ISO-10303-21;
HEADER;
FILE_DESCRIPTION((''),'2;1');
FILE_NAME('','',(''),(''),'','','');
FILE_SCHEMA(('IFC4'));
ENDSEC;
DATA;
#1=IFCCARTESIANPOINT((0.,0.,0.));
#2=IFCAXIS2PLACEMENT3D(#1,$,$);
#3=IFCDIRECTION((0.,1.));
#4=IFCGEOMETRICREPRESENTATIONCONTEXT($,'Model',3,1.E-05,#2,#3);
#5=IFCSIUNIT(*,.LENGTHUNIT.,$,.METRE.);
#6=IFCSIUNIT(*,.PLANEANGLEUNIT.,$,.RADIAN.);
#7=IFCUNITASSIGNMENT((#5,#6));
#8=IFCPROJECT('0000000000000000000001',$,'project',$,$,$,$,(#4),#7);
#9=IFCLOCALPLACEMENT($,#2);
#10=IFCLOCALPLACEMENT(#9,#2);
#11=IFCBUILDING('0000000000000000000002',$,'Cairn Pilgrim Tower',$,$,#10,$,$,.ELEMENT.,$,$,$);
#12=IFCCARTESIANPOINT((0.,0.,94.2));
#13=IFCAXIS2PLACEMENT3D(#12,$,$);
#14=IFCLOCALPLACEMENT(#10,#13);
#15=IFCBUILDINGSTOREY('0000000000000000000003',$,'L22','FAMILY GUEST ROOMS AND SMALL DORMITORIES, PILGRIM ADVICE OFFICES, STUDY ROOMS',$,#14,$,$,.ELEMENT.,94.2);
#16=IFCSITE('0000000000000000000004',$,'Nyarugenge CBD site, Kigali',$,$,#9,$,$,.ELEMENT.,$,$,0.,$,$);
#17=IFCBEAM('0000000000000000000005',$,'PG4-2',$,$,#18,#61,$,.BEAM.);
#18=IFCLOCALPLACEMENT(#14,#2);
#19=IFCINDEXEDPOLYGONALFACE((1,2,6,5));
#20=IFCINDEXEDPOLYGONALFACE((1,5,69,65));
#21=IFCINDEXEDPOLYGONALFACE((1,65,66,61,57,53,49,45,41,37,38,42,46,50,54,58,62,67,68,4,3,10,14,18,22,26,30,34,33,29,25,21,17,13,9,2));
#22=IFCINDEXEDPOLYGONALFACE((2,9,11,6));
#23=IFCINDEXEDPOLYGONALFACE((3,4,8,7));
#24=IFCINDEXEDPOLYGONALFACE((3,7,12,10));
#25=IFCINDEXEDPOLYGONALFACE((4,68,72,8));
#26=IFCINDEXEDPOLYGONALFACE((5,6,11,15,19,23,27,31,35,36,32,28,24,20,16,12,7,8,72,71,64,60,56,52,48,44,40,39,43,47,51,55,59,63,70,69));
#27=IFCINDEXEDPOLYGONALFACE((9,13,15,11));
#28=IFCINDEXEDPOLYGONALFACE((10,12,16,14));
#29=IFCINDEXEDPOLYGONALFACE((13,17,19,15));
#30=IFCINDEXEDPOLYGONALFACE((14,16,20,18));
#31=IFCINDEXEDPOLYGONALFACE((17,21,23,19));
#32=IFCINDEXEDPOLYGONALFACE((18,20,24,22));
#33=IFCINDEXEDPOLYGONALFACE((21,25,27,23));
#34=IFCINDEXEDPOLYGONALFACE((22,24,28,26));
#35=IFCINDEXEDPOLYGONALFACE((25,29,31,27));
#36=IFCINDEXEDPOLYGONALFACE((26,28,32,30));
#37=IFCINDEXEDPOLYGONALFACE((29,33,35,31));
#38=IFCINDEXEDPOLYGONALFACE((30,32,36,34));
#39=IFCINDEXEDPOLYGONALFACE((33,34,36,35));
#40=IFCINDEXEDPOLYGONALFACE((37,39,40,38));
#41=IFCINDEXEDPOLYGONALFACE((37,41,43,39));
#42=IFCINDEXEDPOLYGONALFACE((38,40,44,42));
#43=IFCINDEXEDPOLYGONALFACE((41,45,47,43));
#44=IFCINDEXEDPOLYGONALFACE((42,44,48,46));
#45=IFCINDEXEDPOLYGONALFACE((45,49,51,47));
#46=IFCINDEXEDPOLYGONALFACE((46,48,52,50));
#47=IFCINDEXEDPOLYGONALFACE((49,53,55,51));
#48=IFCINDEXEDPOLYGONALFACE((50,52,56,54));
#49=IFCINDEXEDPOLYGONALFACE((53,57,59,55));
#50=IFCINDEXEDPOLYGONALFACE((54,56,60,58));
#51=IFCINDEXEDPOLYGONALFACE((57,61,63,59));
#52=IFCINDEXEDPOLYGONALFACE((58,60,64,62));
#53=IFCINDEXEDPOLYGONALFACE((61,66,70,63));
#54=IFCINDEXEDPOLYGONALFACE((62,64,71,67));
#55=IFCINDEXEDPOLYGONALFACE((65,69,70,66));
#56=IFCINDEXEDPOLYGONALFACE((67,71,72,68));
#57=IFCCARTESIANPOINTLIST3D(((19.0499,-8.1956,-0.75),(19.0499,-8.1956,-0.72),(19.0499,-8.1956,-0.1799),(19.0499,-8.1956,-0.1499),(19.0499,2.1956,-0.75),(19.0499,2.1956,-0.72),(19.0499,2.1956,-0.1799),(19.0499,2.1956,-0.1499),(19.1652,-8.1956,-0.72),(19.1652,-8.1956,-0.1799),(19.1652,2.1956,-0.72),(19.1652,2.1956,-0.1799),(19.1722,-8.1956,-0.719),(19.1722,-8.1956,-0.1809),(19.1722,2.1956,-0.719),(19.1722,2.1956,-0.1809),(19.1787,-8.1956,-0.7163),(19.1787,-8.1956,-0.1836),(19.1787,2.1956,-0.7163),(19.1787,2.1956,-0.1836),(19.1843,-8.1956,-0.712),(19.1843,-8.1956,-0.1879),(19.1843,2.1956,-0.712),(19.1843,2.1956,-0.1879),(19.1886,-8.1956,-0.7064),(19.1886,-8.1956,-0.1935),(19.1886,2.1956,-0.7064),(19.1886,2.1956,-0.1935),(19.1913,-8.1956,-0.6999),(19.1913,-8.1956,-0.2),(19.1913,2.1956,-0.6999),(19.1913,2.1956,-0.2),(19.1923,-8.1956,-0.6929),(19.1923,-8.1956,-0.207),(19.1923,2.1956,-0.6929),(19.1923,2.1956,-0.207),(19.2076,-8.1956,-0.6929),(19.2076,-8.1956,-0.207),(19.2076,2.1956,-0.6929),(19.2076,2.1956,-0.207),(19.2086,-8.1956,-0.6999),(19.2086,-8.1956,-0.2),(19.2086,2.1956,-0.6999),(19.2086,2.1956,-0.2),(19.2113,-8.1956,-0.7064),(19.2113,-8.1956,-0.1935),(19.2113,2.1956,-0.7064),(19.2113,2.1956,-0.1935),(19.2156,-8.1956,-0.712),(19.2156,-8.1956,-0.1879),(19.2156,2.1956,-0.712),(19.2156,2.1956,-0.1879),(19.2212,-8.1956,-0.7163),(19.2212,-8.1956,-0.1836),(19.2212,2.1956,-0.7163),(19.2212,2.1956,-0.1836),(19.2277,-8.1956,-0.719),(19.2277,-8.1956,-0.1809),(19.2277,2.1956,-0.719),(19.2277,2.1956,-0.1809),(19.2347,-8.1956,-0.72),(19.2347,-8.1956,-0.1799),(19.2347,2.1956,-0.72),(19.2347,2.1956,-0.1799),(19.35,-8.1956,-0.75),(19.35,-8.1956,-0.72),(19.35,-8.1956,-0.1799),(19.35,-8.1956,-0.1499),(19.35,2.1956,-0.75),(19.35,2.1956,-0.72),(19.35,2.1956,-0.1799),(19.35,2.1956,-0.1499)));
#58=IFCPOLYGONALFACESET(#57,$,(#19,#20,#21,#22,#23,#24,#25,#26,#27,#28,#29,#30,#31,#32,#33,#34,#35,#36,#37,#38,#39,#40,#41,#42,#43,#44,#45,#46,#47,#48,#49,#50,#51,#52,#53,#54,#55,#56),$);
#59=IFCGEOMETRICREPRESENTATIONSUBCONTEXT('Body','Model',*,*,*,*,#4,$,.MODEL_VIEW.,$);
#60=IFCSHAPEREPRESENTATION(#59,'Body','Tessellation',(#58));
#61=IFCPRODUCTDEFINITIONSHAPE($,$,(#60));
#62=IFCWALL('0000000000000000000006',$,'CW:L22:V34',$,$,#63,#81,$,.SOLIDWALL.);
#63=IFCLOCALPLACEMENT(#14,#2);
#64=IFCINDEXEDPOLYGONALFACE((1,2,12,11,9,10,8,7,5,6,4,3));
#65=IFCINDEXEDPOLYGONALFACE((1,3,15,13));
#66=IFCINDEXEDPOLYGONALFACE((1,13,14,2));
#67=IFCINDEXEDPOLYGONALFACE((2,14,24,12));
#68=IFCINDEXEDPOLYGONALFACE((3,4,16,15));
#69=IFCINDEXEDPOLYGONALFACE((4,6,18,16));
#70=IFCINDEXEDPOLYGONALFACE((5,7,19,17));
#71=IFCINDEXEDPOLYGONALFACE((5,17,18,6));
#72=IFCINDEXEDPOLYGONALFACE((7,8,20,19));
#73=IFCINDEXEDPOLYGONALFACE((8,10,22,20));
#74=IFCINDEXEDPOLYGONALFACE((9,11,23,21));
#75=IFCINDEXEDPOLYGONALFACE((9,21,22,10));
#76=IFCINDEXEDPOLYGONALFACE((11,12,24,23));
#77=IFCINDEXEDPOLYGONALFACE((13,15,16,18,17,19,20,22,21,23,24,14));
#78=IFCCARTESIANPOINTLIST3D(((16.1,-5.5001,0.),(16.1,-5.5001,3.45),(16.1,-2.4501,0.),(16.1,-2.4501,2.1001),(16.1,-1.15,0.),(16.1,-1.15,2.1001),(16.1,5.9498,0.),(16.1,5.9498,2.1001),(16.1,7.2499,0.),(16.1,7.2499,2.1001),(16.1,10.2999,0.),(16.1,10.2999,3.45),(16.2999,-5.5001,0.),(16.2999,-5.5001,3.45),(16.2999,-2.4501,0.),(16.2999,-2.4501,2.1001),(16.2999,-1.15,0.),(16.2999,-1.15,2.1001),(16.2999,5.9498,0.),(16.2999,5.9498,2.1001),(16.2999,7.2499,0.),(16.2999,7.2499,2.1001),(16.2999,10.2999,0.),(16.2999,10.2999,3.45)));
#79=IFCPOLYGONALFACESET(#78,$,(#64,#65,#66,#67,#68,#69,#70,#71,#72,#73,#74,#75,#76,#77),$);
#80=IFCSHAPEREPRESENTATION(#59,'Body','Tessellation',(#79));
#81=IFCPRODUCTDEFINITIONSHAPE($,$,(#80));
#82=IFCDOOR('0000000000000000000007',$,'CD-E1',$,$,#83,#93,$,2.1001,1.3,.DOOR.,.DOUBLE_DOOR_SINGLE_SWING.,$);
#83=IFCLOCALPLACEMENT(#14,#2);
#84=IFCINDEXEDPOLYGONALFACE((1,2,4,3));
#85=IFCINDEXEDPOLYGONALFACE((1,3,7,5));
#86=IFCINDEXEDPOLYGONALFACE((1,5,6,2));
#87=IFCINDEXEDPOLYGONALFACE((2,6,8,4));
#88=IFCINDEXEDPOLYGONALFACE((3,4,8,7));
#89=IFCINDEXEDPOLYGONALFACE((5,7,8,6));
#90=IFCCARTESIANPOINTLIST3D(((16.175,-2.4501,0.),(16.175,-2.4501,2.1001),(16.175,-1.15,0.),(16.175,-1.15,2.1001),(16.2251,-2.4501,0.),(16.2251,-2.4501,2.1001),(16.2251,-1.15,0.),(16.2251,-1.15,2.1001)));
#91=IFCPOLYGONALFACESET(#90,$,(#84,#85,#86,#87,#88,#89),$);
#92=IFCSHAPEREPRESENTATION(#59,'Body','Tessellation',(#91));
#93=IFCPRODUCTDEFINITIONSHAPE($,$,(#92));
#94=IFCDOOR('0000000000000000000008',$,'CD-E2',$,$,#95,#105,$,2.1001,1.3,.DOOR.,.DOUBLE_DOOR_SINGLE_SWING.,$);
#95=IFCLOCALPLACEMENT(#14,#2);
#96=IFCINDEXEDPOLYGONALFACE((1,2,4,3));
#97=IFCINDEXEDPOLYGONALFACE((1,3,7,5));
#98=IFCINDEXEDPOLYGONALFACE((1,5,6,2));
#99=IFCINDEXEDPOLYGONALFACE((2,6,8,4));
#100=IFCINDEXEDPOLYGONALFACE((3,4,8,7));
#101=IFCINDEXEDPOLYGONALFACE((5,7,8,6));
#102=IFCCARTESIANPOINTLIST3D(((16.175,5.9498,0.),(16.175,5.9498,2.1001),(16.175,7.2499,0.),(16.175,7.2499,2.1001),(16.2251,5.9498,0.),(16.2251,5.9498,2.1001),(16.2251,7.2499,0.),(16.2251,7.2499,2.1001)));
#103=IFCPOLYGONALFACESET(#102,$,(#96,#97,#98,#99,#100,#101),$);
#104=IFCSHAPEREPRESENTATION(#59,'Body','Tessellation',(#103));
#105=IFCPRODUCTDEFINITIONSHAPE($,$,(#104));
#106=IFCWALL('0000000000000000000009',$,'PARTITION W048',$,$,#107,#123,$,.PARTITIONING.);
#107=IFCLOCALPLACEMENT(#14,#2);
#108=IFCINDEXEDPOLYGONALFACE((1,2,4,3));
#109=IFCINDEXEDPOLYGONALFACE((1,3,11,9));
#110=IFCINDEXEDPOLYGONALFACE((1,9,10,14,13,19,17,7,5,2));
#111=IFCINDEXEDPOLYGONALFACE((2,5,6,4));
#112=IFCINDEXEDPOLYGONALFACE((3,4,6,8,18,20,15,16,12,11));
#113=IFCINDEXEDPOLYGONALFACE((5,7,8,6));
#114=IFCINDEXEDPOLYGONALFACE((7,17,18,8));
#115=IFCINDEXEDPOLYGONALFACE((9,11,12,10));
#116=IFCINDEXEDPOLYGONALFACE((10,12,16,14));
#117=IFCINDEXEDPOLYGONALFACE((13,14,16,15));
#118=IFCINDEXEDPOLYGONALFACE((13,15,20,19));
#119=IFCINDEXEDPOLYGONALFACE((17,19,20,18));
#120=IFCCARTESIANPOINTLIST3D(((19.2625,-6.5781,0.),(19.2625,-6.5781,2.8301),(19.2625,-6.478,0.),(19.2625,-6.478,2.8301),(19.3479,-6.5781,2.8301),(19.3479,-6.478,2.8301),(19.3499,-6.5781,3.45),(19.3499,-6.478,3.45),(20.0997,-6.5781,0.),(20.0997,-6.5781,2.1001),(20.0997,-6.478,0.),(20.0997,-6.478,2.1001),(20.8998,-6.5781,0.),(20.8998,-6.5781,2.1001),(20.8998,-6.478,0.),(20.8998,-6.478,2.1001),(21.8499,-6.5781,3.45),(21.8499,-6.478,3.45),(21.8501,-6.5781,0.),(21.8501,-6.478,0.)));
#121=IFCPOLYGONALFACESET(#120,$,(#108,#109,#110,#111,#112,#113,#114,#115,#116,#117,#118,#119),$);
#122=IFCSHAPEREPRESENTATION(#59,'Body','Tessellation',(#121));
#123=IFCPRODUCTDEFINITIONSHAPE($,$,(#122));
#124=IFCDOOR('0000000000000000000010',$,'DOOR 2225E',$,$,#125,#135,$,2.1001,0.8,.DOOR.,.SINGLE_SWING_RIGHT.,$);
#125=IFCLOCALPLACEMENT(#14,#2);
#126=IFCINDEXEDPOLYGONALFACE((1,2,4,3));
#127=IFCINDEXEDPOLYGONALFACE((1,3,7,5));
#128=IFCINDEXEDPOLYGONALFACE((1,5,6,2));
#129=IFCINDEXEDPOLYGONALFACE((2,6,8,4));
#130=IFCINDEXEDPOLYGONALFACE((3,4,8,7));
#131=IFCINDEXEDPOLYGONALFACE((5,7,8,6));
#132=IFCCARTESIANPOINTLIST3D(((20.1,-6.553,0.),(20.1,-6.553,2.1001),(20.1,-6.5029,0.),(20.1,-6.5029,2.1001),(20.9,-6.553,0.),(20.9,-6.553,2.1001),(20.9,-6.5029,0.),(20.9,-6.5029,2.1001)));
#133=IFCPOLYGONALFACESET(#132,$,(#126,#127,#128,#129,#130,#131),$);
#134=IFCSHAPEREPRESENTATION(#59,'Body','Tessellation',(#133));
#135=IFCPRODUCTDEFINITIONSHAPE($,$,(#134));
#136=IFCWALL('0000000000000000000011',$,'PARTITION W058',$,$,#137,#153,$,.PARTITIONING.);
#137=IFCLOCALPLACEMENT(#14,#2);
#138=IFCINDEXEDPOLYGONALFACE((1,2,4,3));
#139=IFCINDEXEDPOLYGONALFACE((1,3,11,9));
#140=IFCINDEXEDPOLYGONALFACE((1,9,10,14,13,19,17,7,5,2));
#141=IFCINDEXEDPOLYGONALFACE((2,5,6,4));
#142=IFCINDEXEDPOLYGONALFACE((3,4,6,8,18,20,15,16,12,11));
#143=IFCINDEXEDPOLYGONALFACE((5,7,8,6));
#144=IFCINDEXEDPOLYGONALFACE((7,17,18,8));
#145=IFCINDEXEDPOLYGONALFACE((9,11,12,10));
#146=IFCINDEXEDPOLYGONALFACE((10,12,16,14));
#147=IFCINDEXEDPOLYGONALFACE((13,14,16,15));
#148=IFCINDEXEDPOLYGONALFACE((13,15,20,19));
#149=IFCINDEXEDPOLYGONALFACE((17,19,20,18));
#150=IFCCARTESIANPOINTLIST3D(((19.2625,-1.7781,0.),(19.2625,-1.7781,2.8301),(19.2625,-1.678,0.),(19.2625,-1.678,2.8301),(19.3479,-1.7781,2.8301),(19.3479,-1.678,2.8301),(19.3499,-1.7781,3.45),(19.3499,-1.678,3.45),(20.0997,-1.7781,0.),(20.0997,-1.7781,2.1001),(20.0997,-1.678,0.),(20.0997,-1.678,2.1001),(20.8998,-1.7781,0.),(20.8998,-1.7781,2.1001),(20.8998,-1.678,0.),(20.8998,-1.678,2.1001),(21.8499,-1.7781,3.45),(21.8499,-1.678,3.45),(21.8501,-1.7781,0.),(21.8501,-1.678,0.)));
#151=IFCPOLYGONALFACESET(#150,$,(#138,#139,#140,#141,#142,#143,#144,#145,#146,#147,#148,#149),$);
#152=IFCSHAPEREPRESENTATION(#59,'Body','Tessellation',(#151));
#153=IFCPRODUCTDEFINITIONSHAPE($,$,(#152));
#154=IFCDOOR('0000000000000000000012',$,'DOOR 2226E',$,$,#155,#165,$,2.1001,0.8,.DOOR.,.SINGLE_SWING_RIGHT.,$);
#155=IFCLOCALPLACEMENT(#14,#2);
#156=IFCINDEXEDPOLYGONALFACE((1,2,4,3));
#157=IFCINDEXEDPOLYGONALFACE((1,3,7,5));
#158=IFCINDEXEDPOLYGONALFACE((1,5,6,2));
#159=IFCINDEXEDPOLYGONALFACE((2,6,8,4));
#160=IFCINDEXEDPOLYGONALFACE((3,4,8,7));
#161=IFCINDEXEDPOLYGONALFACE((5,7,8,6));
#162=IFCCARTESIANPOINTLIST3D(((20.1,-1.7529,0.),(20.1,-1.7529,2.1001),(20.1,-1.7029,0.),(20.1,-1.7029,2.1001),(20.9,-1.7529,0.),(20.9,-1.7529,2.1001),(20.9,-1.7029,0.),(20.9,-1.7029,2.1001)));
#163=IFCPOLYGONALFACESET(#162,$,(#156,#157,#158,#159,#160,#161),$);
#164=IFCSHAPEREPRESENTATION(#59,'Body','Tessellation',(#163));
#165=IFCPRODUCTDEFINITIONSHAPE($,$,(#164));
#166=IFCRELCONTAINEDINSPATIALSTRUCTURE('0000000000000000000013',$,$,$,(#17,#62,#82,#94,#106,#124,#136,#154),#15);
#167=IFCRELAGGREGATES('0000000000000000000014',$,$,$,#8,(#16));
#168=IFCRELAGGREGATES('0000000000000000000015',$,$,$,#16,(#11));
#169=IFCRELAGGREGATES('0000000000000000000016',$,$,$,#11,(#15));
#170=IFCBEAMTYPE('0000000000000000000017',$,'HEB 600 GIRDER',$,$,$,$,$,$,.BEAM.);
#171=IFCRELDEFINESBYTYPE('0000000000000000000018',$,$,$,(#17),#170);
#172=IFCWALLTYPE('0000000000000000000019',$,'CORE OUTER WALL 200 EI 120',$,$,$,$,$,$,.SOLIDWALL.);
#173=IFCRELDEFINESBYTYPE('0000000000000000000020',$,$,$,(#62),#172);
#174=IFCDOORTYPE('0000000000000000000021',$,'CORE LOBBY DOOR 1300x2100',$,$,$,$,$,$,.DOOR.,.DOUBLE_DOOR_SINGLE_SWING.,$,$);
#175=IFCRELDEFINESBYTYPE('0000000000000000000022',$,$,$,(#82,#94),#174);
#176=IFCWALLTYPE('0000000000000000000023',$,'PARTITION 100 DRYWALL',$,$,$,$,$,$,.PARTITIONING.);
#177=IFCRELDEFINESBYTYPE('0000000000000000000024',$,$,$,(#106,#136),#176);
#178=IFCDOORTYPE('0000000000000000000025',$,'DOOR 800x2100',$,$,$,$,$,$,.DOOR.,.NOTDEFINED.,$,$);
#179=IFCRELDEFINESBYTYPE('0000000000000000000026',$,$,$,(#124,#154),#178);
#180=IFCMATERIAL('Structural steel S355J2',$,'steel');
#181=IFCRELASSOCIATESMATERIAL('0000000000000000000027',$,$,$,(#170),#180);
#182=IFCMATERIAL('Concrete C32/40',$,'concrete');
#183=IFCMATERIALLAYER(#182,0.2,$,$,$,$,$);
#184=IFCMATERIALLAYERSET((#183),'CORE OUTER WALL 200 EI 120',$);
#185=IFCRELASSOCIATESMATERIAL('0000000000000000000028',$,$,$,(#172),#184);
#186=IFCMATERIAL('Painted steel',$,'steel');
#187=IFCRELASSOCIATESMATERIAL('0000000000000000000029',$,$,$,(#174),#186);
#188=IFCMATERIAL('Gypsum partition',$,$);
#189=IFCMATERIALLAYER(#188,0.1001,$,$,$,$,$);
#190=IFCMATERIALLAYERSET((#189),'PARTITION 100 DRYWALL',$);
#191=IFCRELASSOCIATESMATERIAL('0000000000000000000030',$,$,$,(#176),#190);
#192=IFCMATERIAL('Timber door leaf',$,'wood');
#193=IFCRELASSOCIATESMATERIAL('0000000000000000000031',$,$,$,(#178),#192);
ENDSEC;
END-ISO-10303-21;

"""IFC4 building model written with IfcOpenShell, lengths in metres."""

from ifc_helpers import new_model, si_unit, direction, frame, frame_2d, origin, origin_2d, place, context, subcontext, project, spatial, polyline, rectangle, i_section, outline, extrude, material, layer, layer_set, material_profile, profile_set, type_object, element, fill, save


model = new_model("IFC4")

# Units and contexts
model_context = context("Model", 3, precision=1e-05, world=origin(), true_north=direction((0.0, 1.0)))
body_context = subcontext(model_context, "Body", "Model", "MODEL_VIEW")
ifc_project = project(units=[si_unit("LENGTHUNIT", "METRE"), si_unit("PLANEANGLEUNIT", "RADIAN")], contexts=[model_context])

# Site, building, storey
site_placement = place(None, origin())
site = spatial("IfcSite", under=ifc_project, at=site_placement, Name="Nyarugenge CBD site, Kigali", CompositionType="ELEMENT", RefElevation=0.0)
building_placement = place(site_placement, origin())
building = spatial("IfcBuilding", under=site, at=building_placement, Name="Cairn Pilgrim Tower", CompositionType="ELEMENT")
storey_placement = place(building_placement, frame((0.0, 0.0, 94.2)))
storey = spatial("IfcBuildingStorey", under=building, at=storey_placement, Name="L22", Description="FAMILY GUEST ROOMS AND SMALL DORMITORIES, PILGRIM ADVICE OFFICES, STUDY ROOMS", CompositionType="ELEMENT", Elevation=94.2)

# Beam
ifc_material_1 = material(Name="Structural steel S355J2", Category="steel")
ifc_material_profile_1 = material_profile(ifc_material_1, i_section(OverallWidth=0.3, OverallDepth=0.6001, WebThickness=0.0154, FlangeThickness=0.03, FilletRadius=0.0271, at=origin_2d()), Name="HEB 600")
ifc_profile_set_1 = profile_set([ifc_material_profile_1], Name="Structural steel S355J2")
beam_type_1 = type_object("IfcBeamType", Name="HEB 600 GIRDER", PredefinedType="BEAM", material=ifc_profile_set_1)
beam_1_placement = place(storey_placement, frame((19.2, -8.1956, -0.45), z_axis=(0.0, 1.0, 0.0), x_axis=(-1.0, 0.0, 0.0)))
element("IfcBeam", 1, at=beam_1_placement, inside=storey, type_object=beam_type_1, Name="PG4-2", PredefinedType="BEAM", context=body_context, shape_type="SweptSolid", body=[
    extrude(i_section(OverallWidth=0.3, OverallDepth=0.6001, WebThickness=0.0154, FlangeThickness=0.03, FilletRadius=0.0271, at=origin_2d()), origin(), (0.0, 0.0, 1.0), 10.3911),
])

# Wall, openings, doors
ifc_material_2 = material(Name="Concrete C32/40", Category="concrete")
ifc_layer_1 = layer(ifc_material_2, 0.2)
ifc_layer_set_1 = layer_set([ifc_layer_1], Name="CORE OUTER WALL 200 EI 120")
wall_type_1 = type_object("IfcWallType", Name="CORE OUTER WALL 200 EI 120", PredefinedType="SOLIDWALL", material=ifc_layer_set_1)
wall_1_placement = place(storey_placement, frame((16.2, -5.5, 0.0), z_axis=(0.0, 0.0, 1.0), x_axis=(0.0, 1.0, 0.0)))
wall_1 = element("IfcWall", 2, at=wall_1_placement, inside=storey, type_object=wall_type_1, Name="CW:L22:V34", PredefinedType="SOLIDWALL", context=body_context, shape_type="SweptSolid", body=[
    extrude(rectangle(XDim=15.8, YDim=0.2, at=frame_2d((7.8999, 0.0))), origin(), (0.0, 0.0, 1.0), 3.45),
])
opening_1_placement = place(wall_1_placement, frame((3.05, 0.0, 0.0)))
opening_1 = element("IfcOpeningElement", 3, at=opening_1_placement, cuts=wall_1, PredefinedType="OPENING", context=body_context, shape_type="SweptSolid", body=[
    extrude(rectangle(XDim=1.3, YDim=2.1001, at=frame_2d((0.6499, 1.05))), frame((0.0, 0.1099, 0.0), z_axis=(0.0, -1.0, 0.0), x_axis=(1.0, 0.0, 0.0)), (0.0, 0.0, 1.0), 0.22),
])
opening_2_placement = place(wall_1_placement, frame((11.45, 0.0, 0.0)))
opening_2 = element("IfcOpeningElement", 4, at=opening_2_placement, cuts=wall_1, PredefinedType="OPENING", context=body_context, shape_type="SweptSolid", body=[
    extrude(rectangle(XDim=1.3, YDim=2.1001, at=frame_2d((0.6499, 1.05))), frame((0.0, 0.1099, 0.0), z_axis=(0.0, -1.0, 0.0), x_axis=(1.0, 0.0, 0.0)), (0.0, 0.0, 1.0), 0.22),
])
ifc_material_3 = material(Name="Painted steel", Category="steel")
door_type_1 = type_object("IfcDoorType", Name="CORE LOBBY DOOR 1300x2100", OperationType="DOUBLE_DOOR_SINGLE_SWING", PredefinedType="DOOR", material=ifc_material_3)
door_1_placement = place(opening_1_placement, origin())
door_1 = element("IfcDoor", 5, at=door_1_placement, inside=storey, type_object=door_type_1, Name="CD-E1", OperationType="DOUBLE_DOOR_SINGLE_SWING", OverallHeight=2.1001, OverallWidth=1.3, PredefinedType="DOOR", context=body_context, shape_type="SweptSolid", body=[
    extrude(rectangle(XDim=1.3, YDim=2.1001, at=frame_2d((0.6499, 1.05))), frame((0.0, 0.0249, 0.0), z_axis=(0.0, -1.0, 0.0), x_axis=(1.0, 0.0, 0.0)), (0.0, 0.0, 1.0), 0.05),
])
fill(opening_1, door_1)
door_2_placement = place(opening_2_placement, origin())
door_2 = element("IfcDoor", 6, at=door_2_placement, inside=storey, type_object=door_type_1, Name="CD-E2", OperationType="DOUBLE_DOOR_SINGLE_SWING", OverallHeight=2.1001, OverallWidth=1.3, PredefinedType="DOOR", context=body_context, shape_type="SweptSolid", body=[
    extrude(rectangle(XDim=1.3, YDim=2.1001, at=frame_2d((0.6499, 1.05))), frame((0.0, 0.0249, 0.0), z_axis=(0.0, -1.0, 0.0), x_axis=(1.0, 0.0, 0.0)), (0.0, 0.0, 1.0), 0.05),
])
fill(opening_2, door_2)

# Walls, openings, doors
ifc_material_4 = material(Name="Gypsum partition")
ifc_layer_2 = layer(ifc_material_4, 0.1001)
ifc_layer_set_2 = layer_set([ifc_layer_2], Name="PARTITION 100 DRYWALL")
wall_type_2 = type_object("IfcWallType", Name="PARTITION 100 DRYWALL", PredefinedType="PARTITIONING", material=ifc_layer_set_2)
wall_2_placement = place(storey_placement, frame((19.2625, -6.5281, 0.0), z_axis=(0.0, 0.0, 1.0), x_axis=(1.0, 0.0, 0.0)))
wall_2 = element("IfcWall", 7, at=wall_2_placement, inside=storey, type_object=wall_type_2, Name="PARTITION W048", PredefinedType="PARTITIONING", context=body_context, shape_type="SweptSolid", body=[
    extrude(outline(polyline([(0.0, 0.0), (2.5876, 0.0), (2.5874, 3.45), (0.0874, 3.45), (0.0854, 2.8301), (0.0, 2.8301), (0.0, 0.0)])), frame((0.0, 0.05, 0.0), z_axis=(0.0, -1.0, 0.0), x_axis=(1.0, 0.0, 0.0)), (0.0, 0.0, 1.0), 0.1001),
])
opening_3_placement = place(wall_2_placement, frame((0.8374, 0.0, 0.0)))
opening_3 = element("IfcOpeningElement", 8, at=opening_3_placement, cuts=wall_2, PredefinedType="OPENING", context=body_context, shape_type="SweptSolid", body=[
    extrude(rectangle(XDim=0.8, YDim=2.1001, at=frame_2d((0.3999, 1.05))), frame((0.0, 0.0601, 0.0), z_axis=(0.0, -1.0, 0.0), x_axis=(1.0, 0.0, 0.0)), (0.0, 0.0, 1.0), 0.1201),
])
ifc_material_5 = material(Name="Timber door leaf", Category="wood")
door_type_2 = type_object("IfcDoorType", Name="DOOR 800x2100", OperationType="NOTDEFINED", PredefinedType="DOOR", material=ifc_material_5)
door_3_placement = place(opening_3_placement, frame((0.8, 0.0, 0.0), z_axis=(0.0, 0.0, 1.0), x_axis=(-1.0, 0.0, 0.0)))
door_3 = element("IfcDoor", 9, at=door_3_placement, inside=storey, type_object=door_type_2, Name="DOOR 2225E", OperationType="SINGLE_SWING_RIGHT", OverallHeight=2.1001, OverallWidth=0.8, PredefinedType="DOOR", context=body_context, shape_type="SweptSolid", body=[
    extrude(rectangle(XDim=0.8, YDim=2.1001, at=frame_2d((0.3999, 1.05))), frame((0.0, 0.0249, 0.0), z_axis=(0.0, -1.0, 0.0), x_axis=(1.0, 0.0, 0.0)), (0.0, 0.0, 1.0), 0.05),
])
fill(opening_3, door_3)
wall_3_placement = place(storey_placement, frame((19.2625, -1.728, 0.0), z_axis=(0.0, 0.0, 1.0), x_axis=(1.0, 0.0, 0.0)))
wall_3 = element("IfcWall", 10, at=wall_3_placement, inside=storey, type_object=wall_type_2, Name="PARTITION W058", PredefinedType="PARTITIONING", context=body_context, shape_type="SweptSolid", body=[
    extrude(outline(polyline([(0.0, 0.0), (2.5876, 0.0), (2.5874, 3.45), (0.0874, 3.45), (0.0854, 2.8301), (0.0, 2.8301), (0.0, 0.0)])), frame((0.0, 0.05, 0.0), z_axis=(0.0, -1.0, 0.0), x_axis=(1.0, 0.0, 0.0)), (0.0, 0.0, 1.0), 0.1001),
])
opening_4_placement = place(wall_3_placement, frame((0.8374, 0.0, 0.0)))
opening_4 = element("IfcOpeningElement", 11, at=opening_4_placement, cuts=wall_3, PredefinedType="OPENING", context=body_context, shape_type="SweptSolid", body=[
    extrude(rectangle(XDim=0.8, YDim=2.1001, at=frame_2d((0.3999, 1.05))), frame((0.0, 0.0601, 0.0), z_axis=(0.0, -1.0, 0.0), x_axis=(1.0, 0.0, 0.0)), (0.0, 0.0, 1.0), 0.1201),
])
door_4_placement = place(opening_4_placement, frame((0.8, 0.0, 0.0), z_axis=(0.0, 0.0, 1.0), x_axis=(-1.0, 0.0, 0.0)))
door_4 = element("IfcDoor", 12, at=door_4_placement, inside=storey, type_object=door_type_2, Name="DOOR 2226E", OperationType="SINGLE_SWING_RIGHT", OverallHeight=2.1001, OverallWidth=0.8, PredefinedType="DOOR", context=body_context, shape_type="SweptSolid", body=[
    extrude(rectangle(XDim=0.8, YDim=2.1001, at=frame_2d((0.3999, 1.05))), frame((0.0, 0.0249, 0.0), z_axis=(0.0, -1.0, 0.0), x_axis=(1.0, 0.0, 0.0)), (0.0, 0.0, 1.0), 0.05),
])
fill(opening_4, door_4)

save(model, "model.ifc")
